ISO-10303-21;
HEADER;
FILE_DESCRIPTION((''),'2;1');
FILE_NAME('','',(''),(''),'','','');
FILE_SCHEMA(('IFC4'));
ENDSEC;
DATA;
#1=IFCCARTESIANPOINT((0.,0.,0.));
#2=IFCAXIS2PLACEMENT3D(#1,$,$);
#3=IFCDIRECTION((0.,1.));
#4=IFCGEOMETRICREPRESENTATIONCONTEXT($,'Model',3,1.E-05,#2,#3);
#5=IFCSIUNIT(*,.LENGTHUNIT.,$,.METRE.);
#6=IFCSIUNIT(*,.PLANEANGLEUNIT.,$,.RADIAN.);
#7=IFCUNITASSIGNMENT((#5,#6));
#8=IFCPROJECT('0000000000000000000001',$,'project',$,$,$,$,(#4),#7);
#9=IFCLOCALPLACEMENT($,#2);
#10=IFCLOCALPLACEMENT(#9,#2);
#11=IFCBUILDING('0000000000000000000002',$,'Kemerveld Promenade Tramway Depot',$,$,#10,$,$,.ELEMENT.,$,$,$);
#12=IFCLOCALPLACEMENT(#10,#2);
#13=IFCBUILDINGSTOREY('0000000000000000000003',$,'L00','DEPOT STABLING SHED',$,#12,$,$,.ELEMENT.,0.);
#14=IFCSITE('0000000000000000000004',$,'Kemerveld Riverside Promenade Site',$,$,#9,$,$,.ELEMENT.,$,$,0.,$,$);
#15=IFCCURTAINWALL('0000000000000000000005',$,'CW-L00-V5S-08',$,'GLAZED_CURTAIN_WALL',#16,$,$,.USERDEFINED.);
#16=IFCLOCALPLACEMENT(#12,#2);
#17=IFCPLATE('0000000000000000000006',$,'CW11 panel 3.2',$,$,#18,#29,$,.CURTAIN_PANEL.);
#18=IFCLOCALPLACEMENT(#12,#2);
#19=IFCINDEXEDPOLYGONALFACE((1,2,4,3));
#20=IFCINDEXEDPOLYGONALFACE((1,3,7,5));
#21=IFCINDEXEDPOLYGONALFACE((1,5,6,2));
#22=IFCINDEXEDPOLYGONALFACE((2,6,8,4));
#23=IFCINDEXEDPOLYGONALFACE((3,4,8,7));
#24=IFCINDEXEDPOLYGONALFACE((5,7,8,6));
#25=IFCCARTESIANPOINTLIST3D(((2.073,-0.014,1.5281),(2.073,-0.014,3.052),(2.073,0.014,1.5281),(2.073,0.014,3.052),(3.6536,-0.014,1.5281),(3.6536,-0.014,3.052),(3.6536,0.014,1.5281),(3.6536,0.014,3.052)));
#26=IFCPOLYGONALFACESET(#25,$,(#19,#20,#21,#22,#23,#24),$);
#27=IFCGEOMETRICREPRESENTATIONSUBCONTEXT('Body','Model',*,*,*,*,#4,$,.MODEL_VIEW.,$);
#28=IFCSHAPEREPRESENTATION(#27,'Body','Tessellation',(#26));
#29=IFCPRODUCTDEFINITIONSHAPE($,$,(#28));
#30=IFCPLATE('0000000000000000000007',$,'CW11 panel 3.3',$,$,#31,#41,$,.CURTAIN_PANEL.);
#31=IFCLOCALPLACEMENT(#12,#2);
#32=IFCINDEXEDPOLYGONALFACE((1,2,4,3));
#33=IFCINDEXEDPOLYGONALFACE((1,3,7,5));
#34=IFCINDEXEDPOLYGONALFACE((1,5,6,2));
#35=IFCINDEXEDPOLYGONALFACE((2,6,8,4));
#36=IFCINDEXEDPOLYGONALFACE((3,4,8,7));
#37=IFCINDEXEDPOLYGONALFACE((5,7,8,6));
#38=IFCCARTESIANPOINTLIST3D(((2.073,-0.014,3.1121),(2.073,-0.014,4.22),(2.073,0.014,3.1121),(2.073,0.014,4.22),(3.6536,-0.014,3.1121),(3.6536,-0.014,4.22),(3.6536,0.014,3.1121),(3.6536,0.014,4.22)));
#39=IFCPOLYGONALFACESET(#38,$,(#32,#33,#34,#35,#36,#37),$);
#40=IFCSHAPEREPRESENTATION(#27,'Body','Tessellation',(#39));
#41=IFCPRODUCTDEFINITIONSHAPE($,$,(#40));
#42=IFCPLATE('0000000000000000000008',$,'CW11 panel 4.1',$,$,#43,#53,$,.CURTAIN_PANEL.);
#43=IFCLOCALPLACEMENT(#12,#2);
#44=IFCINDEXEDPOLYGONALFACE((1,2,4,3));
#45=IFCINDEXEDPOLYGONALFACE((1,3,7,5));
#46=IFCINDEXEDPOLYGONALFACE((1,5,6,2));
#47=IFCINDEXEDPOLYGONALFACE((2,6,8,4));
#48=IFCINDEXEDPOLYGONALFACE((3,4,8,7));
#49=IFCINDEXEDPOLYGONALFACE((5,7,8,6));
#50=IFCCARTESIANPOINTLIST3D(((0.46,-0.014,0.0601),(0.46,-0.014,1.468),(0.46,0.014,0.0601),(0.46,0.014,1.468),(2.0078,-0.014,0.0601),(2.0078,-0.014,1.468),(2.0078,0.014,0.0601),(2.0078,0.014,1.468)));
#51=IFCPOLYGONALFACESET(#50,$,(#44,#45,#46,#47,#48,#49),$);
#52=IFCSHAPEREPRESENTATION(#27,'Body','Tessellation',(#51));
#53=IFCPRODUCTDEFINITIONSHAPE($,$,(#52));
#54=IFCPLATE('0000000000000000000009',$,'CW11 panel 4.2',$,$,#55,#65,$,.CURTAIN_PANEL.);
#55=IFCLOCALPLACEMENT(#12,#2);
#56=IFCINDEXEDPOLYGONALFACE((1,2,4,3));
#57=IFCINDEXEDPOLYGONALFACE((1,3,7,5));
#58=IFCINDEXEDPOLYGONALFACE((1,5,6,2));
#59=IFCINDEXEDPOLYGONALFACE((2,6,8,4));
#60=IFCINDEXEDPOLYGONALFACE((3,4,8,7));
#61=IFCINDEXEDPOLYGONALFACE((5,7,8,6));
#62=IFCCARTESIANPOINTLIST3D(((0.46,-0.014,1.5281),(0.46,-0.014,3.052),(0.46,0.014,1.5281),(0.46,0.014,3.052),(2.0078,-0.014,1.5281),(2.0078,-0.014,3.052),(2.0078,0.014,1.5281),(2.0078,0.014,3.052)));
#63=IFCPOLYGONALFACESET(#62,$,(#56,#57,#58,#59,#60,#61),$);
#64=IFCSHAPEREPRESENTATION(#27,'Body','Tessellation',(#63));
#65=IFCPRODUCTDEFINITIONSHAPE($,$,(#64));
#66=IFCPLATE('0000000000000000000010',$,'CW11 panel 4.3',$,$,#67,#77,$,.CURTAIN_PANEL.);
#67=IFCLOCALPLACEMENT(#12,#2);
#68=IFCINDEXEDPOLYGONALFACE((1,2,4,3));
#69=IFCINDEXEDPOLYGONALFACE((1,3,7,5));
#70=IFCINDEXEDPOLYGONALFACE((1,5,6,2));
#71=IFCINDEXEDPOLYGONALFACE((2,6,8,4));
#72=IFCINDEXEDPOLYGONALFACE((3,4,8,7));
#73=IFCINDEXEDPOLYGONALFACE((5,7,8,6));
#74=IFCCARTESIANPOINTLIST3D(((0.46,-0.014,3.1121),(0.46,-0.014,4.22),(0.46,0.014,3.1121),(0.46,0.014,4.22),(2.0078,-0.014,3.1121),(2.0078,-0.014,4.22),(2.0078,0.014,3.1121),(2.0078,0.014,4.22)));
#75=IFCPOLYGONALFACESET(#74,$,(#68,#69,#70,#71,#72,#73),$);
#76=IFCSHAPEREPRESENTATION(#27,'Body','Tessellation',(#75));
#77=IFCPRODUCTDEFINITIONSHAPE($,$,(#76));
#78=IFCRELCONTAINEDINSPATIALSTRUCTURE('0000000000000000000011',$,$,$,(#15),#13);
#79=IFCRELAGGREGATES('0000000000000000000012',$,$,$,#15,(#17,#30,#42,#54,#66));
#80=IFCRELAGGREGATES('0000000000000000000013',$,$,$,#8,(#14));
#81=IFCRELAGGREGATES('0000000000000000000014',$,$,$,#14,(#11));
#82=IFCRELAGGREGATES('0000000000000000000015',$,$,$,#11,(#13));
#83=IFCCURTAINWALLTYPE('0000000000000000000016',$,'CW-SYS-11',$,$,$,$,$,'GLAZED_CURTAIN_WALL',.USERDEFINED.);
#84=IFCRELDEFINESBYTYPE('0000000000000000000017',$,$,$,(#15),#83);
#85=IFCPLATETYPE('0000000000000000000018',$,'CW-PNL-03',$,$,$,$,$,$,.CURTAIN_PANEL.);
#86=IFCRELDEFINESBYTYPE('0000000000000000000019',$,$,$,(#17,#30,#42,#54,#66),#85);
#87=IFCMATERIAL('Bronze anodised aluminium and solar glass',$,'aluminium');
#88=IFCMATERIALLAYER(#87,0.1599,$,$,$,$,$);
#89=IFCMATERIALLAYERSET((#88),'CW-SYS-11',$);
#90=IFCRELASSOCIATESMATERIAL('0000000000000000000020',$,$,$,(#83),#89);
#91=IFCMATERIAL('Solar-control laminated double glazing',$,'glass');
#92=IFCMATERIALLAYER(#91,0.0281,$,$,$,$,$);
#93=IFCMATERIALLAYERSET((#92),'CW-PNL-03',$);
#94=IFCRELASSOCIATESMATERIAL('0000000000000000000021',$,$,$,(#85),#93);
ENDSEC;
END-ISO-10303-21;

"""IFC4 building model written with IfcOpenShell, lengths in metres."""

from ifc_helpers import new_model, si_unit, direction, frame, origin, origin_2d, place, context, subcontext, project, spatial, rectangle, extrude, material, layer, layer_set, type_object, element, aggregate, save


model = new_model("IFC4")

# Units and contexts
model_context = context("Model", 3, precision=1e-05, world=origin(), true_north=direction((0.0, 1.0)))
body_context = subcontext(model_context, "Body", "Model", "MODEL_VIEW")
ifc_project = project(units=[si_unit("LENGTHUNIT", "METRE"), si_unit("PLANEANGLEUNIT", "RADIAN")], contexts=[model_context])

# Site, building, storey
site_placement = place(None, origin())
site = spatial("IfcSite", under=ifc_project, at=site_placement, Name="Kemerveld Riverside Promenade Site", CompositionType="ELEMENT", RefElevation=0.0)
building_placement = place(site_placement, origin())
building = spatial("IfcBuilding", under=site, at=building_placement, Name="Kemerveld Promenade Tramway Depot", CompositionType="ELEMENT")
storey_placement = place(building_placement, origin())
storey = spatial("IfcBuildingStorey", under=building, at=storey_placement, Name="L00", Description="DEPOT STABLING SHED", CompositionType="ELEMENT", Elevation=0.0)

# Curtain wall, plates
ifc_material_1 = material(Name="Bronze anodised aluminium and solar glass", Category="aluminium")
ifc_layer_1 = layer(ifc_material_1, 0.1599)
ifc_layer_set_1 = layer_set([ifc_layer_1], Name="CW-SYS-11")
curtain_wall_type = type_object("IfcCurtainWallType", Name="CW-SYS-11", ElementType="GLAZED_CURTAIN_WALL", PredefinedType="USERDEFINED", material=ifc_layer_set_1)
curtain_wall_placement = place(storey_placement, origin())
curtain_wall = element("IfcCurtainWall", 1, at=curtain_wall_placement, inside=storey, type_object=curtain_wall_type, Name="CW-L00-V5S-08", ObjectType="GLAZED_CURTAIN_WALL", PredefinedType="USERDEFINED")
ifc_material_2 = material(Name="Solar-control laminated double glazing", Category="glass")
ifc_layer_2 = layer(ifc_material_2, 0.0281)
ifc_layer_set_2 = layer_set([ifc_layer_2], Name="CW-PNL-03")
plate_type = type_object("IfcPlateType", Name="CW-PNL-03", PredefinedType="CURTAIN_PANEL", material=ifc_layer_set_2)
plate_1_placement = place(storey_placement, frame((2.8633, 0.0, 1.5281), z_axis=(0.0, 0.0, 1.0), x_axis=(-1.0, 0.0, 0.0)))
plate_1 = element("IfcPlate", 2, at=plate_1_placement, type_object=plate_type, Name="CW11 panel 3.2", PredefinedType="CURTAIN_PANEL", context=body_context, shape_type="SweptSolid", body=[
    extrude(rectangle(XDim=1.5806, YDim=0.0281, at=origin_2d()), origin(), (0.0, 0.0, 1.0), 1.5239),
])
plate_2_placement = place(storey_placement, frame((2.8633, 0.0, 3.1121), z_axis=(0.0, 0.0, 1.0), x_axis=(-1.0, 0.0, 0.0)))
plate_2 = element("IfcPlate", 3, at=plate_2_placement, type_object=plate_type, Name="CW11 panel 3.3", PredefinedType="CURTAIN_PANEL", context=body_context, shape_type="SweptSolid", body=[
    extrude(rectangle(XDim=1.5806, YDim=0.0281, at=origin_2d()), origin(), (0.0, 0.0, 1.0), 1.1079),
])
plate_3_placement = place(storey_placement, frame((1.2339, 0.0, 0.0601), z_axis=(0.0, 0.0, 1.0), x_axis=(-1.0, 0.0, 0.0)))
plate_3 = element("IfcPlate", 4, at=plate_3_placement, type_object=plate_type, Name="CW11 panel 4.1", PredefinedType="CURTAIN_PANEL", context=body_context, shape_type="SweptSolid", body=[
    extrude(rectangle(XDim=1.5479, YDim=0.0281, at=origin_2d()), origin(), (0.0, 0.0, 1.0), 1.408),
])
plate_4_placement = place(storey_placement, frame((1.2339, 0.0, 1.5281), z_axis=(0.0, 0.0, 1.0), x_axis=(-1.0, 0.0, 0.0)))
plate_4 = element("IfcPlate", 5, at=plate_4_placement, type_object=plate_type, Name="CW11 panel 4.2", PredefinedType="CURTAIN_PANEL", context=body_context, shape_type="SweptSolid", body=[
    extrude(rectangle(XDim=1.5479, YDim=0.0281, at=origin_2d()), origin(), (0.0, 0.0, 1.0), 1.5239),
])
plate_5_placement = place(storey_placement, frame((1.2339, 0.0, 3.1121), z_axis=(0.0, 0.0, 1.0), x_axis=(-1.0, 0.0, 0.0)))
plate_5 = element("IfcPlate", 6, at=plate_5_placement, type_object=plate_type, Name="CW11 panel 4.3", PredefinedType="CURTAIN_PANEL", context=body_context, shape_type="SweptSolid", body=[
    extrude(rectangle(XDim=1.5479, YDim=0.0281, at=origin_2d()), origin(), (0.0, 0.0, 1.0), 1.1079),
])
aggregate(curtain_wall, [plate_1, plate_2, plate_3, plate_4, plate_5])

save(model, "model.ifc")
